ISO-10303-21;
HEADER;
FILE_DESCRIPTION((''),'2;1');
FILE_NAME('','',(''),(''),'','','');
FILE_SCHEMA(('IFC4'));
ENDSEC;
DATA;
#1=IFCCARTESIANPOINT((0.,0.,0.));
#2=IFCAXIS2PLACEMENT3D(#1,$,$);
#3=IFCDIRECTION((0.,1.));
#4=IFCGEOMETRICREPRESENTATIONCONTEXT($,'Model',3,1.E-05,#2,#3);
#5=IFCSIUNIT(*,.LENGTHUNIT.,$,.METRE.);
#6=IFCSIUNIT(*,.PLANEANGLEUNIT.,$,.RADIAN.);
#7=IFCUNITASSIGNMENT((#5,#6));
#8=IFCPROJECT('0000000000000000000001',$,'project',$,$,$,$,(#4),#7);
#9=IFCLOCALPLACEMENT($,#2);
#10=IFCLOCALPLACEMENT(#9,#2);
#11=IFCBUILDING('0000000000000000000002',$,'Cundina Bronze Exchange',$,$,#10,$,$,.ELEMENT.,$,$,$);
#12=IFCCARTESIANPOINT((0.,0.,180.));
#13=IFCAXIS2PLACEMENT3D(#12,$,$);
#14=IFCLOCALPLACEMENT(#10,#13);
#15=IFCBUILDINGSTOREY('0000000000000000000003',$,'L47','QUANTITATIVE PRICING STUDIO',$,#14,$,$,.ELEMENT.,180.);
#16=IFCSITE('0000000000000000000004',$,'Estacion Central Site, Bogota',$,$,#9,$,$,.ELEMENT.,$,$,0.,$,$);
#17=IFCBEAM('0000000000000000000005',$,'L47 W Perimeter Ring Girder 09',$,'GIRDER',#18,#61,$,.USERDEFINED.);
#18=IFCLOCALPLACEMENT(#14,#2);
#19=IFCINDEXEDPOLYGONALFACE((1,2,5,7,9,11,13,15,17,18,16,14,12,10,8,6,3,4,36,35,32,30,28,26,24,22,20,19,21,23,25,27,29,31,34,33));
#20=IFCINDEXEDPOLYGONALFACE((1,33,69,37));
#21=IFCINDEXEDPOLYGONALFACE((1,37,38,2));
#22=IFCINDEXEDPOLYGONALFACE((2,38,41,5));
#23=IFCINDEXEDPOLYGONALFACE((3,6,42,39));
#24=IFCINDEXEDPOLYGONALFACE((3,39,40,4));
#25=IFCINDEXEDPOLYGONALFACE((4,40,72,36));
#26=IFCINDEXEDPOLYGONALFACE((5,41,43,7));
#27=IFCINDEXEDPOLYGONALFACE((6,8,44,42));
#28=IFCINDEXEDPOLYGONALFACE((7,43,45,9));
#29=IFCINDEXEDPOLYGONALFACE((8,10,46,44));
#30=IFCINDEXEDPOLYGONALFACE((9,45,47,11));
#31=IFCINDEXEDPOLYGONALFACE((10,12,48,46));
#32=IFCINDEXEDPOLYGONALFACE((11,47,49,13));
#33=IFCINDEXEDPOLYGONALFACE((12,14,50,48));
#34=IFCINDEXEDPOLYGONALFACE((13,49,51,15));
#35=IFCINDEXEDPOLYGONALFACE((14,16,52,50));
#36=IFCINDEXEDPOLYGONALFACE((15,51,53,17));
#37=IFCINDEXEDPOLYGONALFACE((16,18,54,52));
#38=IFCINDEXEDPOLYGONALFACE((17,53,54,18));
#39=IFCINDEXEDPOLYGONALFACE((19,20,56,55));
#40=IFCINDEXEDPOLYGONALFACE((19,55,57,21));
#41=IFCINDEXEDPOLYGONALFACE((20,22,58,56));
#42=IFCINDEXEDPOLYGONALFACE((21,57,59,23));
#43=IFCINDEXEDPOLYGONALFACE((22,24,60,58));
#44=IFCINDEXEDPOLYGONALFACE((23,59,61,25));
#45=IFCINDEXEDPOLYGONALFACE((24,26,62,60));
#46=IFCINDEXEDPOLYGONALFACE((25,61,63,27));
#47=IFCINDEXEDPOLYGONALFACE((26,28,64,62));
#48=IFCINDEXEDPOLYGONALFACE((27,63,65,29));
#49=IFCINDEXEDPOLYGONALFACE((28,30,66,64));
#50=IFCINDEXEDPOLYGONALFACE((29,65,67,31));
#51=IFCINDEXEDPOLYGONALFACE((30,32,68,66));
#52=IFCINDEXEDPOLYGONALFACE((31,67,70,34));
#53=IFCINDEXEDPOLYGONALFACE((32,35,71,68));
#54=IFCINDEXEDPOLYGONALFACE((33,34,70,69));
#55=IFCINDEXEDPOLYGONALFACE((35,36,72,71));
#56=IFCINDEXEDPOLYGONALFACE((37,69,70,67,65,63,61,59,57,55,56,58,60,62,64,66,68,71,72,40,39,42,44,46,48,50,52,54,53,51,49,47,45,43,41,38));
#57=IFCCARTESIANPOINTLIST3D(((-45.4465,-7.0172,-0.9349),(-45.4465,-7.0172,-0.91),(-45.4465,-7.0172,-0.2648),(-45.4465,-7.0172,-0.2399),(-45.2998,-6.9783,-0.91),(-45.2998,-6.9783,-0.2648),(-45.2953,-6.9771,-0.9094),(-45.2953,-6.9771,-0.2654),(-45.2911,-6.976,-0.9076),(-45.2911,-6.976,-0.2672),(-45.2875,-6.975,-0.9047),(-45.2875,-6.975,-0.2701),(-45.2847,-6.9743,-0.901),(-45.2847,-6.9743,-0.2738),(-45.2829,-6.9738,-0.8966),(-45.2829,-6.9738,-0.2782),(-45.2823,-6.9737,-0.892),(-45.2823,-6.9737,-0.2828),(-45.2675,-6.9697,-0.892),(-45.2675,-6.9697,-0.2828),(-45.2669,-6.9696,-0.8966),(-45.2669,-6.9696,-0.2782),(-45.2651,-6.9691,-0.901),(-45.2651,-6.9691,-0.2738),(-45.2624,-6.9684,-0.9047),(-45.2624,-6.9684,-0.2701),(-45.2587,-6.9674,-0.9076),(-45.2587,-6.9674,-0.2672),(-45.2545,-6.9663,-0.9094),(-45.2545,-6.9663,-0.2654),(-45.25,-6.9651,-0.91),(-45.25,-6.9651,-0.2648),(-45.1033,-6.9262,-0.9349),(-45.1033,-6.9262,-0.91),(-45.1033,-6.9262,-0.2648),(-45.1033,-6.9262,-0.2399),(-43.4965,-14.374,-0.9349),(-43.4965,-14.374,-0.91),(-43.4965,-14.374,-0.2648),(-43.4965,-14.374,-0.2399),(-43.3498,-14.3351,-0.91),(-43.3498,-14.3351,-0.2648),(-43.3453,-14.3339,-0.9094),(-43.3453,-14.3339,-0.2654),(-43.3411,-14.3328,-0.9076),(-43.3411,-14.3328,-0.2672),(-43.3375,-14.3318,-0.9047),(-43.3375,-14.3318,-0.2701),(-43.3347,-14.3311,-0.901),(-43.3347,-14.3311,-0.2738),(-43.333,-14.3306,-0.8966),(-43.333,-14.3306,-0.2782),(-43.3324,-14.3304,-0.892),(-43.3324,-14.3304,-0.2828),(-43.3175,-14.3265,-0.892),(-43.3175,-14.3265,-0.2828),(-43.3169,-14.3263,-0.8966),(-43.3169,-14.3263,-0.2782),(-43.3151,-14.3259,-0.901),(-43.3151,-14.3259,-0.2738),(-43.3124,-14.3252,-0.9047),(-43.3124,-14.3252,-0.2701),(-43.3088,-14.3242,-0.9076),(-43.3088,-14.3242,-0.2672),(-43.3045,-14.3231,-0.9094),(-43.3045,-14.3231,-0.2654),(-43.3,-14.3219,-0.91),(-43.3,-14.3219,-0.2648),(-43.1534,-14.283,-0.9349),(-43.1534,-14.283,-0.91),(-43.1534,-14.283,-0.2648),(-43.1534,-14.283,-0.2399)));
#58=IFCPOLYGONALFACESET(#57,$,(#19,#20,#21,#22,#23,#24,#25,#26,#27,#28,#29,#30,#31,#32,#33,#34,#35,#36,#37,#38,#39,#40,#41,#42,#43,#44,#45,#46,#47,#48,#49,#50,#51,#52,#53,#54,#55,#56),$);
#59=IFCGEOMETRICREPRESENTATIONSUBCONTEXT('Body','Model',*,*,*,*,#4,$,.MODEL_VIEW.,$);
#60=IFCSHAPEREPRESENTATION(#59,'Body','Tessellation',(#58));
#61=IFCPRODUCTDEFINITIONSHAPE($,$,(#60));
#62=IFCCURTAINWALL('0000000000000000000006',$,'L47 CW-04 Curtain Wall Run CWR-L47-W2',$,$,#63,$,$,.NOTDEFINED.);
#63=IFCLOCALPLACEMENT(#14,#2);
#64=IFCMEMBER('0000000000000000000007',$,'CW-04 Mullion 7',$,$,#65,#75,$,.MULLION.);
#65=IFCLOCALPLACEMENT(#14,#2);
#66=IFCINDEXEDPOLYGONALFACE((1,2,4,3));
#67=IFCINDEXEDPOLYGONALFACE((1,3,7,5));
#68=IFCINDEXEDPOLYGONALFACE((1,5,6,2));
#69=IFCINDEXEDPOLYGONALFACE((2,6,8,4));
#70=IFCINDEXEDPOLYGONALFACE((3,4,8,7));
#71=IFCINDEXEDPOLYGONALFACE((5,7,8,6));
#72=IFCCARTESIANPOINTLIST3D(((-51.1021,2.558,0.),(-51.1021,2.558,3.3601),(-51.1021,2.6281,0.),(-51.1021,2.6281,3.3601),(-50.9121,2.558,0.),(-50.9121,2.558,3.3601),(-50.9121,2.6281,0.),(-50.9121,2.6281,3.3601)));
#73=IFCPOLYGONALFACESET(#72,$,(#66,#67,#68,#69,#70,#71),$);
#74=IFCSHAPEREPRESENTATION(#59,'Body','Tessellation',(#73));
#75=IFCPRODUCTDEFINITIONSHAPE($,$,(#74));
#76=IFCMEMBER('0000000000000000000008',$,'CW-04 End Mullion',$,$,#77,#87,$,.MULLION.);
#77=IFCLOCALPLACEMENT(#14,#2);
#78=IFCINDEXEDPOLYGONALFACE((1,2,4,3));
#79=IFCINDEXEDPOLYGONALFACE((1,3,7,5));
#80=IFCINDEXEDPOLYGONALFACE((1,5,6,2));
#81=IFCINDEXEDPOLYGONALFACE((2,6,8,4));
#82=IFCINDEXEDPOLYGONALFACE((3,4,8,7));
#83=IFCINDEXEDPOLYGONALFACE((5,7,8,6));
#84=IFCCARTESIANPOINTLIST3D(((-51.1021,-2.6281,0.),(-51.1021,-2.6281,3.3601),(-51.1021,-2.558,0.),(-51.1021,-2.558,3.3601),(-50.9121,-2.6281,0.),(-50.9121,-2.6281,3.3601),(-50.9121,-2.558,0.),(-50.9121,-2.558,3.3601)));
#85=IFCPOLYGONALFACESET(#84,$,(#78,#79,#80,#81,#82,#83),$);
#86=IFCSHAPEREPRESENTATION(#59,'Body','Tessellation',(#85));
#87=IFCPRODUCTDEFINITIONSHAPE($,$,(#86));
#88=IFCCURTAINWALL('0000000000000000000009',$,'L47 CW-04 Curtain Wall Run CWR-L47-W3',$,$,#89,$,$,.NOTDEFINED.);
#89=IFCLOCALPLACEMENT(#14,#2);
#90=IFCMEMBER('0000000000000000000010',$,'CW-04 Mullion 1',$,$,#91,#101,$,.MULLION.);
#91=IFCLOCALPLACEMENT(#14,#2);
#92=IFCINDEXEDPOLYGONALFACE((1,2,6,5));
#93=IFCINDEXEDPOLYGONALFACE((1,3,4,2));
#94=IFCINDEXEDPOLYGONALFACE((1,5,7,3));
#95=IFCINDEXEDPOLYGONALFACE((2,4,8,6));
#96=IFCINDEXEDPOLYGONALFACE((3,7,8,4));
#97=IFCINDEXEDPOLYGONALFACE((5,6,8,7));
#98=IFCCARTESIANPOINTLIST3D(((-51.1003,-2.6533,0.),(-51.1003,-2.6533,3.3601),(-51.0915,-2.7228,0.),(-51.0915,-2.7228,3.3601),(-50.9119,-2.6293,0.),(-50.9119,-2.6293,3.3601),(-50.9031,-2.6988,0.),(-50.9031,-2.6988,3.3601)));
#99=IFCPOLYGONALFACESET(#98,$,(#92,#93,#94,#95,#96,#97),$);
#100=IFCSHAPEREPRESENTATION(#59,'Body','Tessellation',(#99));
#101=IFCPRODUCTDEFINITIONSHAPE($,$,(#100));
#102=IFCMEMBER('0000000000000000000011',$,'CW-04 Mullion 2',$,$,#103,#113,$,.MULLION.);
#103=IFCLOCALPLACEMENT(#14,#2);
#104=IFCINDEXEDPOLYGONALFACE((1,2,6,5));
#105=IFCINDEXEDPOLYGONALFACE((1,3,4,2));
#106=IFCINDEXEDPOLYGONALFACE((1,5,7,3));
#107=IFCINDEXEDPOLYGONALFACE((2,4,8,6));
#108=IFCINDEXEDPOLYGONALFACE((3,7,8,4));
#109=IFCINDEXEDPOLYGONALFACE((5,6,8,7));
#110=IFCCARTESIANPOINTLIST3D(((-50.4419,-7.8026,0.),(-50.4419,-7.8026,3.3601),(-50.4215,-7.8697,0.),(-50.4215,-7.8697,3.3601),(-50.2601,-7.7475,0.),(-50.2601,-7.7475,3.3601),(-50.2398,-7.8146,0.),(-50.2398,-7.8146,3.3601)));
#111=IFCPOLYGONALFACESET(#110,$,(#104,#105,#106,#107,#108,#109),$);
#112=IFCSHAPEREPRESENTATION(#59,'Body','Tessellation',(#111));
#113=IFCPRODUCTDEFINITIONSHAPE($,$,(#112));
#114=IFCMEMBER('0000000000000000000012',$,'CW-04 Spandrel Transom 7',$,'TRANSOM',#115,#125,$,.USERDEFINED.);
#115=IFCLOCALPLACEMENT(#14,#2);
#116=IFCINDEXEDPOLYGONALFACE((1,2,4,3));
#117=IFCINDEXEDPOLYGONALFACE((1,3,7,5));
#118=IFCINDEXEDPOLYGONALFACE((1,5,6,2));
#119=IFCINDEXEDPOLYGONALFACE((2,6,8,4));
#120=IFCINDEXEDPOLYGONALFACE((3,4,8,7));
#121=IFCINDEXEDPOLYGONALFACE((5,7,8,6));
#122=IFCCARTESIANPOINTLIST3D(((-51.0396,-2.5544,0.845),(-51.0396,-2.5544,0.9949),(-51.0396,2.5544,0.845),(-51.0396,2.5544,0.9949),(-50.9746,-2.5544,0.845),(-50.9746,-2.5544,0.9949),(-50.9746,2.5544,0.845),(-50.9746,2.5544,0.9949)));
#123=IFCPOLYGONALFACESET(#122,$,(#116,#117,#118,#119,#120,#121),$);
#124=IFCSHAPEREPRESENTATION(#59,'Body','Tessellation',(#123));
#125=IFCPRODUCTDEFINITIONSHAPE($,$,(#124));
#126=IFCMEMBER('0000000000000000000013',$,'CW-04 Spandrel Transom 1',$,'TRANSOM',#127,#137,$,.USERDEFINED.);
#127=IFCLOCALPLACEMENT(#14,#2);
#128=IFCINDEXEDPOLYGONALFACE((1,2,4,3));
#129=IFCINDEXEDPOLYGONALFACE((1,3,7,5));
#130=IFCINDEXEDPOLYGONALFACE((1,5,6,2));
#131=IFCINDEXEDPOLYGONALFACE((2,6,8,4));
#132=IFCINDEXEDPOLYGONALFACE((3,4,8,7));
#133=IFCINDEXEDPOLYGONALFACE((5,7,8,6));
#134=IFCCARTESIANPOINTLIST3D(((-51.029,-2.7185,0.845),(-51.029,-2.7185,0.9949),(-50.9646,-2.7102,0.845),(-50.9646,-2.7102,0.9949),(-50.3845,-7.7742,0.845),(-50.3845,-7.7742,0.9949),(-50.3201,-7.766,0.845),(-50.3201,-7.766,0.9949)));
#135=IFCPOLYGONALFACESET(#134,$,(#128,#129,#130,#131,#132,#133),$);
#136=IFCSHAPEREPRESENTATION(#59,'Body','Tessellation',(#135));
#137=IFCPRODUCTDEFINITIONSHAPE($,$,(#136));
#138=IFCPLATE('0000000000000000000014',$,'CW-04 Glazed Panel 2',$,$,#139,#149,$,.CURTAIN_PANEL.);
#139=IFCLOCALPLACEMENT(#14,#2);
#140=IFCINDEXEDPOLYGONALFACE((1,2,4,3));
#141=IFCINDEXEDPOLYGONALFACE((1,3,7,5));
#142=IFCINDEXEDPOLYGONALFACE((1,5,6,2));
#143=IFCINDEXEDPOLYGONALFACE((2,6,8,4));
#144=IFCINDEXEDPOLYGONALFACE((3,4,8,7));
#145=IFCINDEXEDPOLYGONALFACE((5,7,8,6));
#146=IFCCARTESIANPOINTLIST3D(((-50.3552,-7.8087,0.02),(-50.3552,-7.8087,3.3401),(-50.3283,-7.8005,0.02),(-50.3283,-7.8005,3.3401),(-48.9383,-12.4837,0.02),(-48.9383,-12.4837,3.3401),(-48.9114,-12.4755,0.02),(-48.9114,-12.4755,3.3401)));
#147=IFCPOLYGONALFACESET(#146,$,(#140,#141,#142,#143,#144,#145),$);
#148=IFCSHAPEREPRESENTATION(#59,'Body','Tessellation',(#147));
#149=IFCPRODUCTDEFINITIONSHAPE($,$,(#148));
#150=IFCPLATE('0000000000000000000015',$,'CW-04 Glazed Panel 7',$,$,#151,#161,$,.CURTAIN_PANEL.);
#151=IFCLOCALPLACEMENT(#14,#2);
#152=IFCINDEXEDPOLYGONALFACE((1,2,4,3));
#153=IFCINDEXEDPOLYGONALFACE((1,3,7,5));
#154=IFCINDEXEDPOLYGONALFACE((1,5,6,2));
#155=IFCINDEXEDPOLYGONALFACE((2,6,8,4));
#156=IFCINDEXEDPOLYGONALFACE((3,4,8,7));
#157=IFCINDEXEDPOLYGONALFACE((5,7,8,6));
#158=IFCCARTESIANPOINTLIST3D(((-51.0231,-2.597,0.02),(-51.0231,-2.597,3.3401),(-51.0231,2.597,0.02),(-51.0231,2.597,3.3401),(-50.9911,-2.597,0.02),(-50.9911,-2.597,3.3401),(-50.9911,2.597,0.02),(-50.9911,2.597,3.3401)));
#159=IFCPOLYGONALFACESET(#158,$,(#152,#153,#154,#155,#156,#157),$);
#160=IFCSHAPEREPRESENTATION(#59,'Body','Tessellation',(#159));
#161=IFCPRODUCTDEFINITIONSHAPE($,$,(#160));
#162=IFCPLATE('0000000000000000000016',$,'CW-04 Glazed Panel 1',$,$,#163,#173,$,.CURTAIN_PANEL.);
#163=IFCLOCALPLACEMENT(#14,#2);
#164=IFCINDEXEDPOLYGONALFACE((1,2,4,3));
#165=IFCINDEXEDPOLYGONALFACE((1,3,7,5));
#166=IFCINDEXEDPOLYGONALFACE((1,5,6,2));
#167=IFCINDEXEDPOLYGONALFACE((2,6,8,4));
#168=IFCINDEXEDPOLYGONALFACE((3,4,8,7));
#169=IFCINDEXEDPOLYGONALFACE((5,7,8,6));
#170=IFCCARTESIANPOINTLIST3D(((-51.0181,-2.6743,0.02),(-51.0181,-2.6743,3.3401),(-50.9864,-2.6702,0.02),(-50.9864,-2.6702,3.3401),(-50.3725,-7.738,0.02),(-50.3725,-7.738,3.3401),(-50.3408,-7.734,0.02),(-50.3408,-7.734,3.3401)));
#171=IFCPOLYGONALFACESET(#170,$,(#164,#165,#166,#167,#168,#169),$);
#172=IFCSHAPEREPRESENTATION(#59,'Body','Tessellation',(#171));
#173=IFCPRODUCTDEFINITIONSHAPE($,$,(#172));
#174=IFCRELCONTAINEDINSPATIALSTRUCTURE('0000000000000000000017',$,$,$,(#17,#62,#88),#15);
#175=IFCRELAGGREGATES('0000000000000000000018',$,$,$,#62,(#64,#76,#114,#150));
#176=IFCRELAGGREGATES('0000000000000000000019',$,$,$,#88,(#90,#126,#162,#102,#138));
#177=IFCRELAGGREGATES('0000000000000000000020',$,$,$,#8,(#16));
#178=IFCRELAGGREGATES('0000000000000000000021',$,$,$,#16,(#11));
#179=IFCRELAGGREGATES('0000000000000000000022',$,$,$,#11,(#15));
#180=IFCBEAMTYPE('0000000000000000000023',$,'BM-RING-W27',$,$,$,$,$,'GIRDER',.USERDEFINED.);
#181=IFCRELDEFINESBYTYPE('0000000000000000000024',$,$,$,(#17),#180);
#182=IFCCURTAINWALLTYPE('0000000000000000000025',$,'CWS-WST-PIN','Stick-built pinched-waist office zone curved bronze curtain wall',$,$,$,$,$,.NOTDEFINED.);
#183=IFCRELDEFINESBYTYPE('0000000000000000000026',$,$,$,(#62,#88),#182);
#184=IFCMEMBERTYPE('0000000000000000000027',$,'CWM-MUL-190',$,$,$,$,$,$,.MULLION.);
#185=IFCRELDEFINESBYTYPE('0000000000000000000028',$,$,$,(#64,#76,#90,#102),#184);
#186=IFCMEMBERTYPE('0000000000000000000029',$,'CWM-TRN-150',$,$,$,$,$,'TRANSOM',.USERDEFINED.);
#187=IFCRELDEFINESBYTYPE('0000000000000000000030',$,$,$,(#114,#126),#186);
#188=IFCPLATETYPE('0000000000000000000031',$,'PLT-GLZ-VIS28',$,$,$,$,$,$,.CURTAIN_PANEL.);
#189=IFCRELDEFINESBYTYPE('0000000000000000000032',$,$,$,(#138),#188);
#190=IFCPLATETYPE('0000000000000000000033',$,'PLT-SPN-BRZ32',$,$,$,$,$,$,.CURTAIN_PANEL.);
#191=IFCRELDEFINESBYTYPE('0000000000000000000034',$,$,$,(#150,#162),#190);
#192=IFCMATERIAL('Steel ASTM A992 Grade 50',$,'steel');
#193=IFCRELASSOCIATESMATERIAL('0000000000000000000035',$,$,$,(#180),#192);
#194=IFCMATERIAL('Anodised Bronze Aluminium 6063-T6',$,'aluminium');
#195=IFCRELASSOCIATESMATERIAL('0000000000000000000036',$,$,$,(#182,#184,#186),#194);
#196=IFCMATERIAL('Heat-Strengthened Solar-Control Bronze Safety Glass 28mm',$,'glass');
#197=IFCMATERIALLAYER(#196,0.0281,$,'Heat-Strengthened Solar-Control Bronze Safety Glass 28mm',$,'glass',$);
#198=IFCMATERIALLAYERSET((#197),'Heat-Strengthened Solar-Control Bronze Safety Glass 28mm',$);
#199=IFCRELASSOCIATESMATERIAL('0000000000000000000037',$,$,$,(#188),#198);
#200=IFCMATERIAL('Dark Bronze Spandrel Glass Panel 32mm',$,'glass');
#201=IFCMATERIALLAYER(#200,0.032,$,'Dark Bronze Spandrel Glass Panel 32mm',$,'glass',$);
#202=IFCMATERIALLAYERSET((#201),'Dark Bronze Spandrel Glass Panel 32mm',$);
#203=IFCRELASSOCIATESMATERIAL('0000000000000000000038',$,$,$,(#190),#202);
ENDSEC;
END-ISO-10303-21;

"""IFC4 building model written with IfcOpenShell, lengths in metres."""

from ifc_helpers import new_model, si_unit, direction, frame, origin, origin_2d, place, context, subcontext, project, spatial, rectangle, i_section, extrude, material, layer, layer_set, material_profile, profile_set, type_object, element, aggregate, save


model = new_model("IFC4")

# Units and contexts
model_context = context("Model", 3, precision=1e-05, world=origin(), true_north=direction((0.0, 1.0)))
body_context = subcontext(model_context, "Body", "Model", "MODEL_VIEW")
ifc_project = project(units=[si_unit("LENGTHUNIT", "METRE"), si_unit("PLANEANGLEUNIT", "RADIAN")], contexts=[model_context])

# Site, building, storey
site_placement = place(None, origin())
site = spatial("IfcSite", under=ifc_project, at=site_placement, Name="Estacion Central Site, Bogota", CompositionType="ELEMENT", RefElevation=0.0)
building_placement = place(site_placement, origin())
building = spatial("IfcBuilding", under=site, at=building_placement, Name="Cundina Bronze Exchange", CompositionType="ELEMENT")
storey_placement = place(building_placement, frame((0.0, 0.0, 180.0)))
storey = spatial("IfcBuildingStorey", under=building, at=storey_placement, Name="L47", Description="QUANTITATIVE PRICING STUDIO", CompositionType="ELEMENT", Elevation=180.0)

# Beam
ifc_material_1 = material(Name="Steel ASTM A992 Grade 50", Category="steel")
ifc_material_profile_1 = material_profile(ifc_material_1, i_section(OverallWidth=0.355, OverallDepth=0.6951, WebThickness=0.0154, FlangeThickness=0.0249, FilletRadius=0.0181, at=origin_2d()), Name="W27X146", Category="steel")
ifc_profile_set_1 = profile_set([ifc_material_profile_1], Name="Steel ASTM A992 Grade 50")
beam_type_1 = type_object("IfcBeamType", Name="BM-RING-W27", ElementType="GIRDER", PredefinedType="USERDEFINED", material=ifc_profile_set_1)
for number, where, z_axis, x_axis, name in (
    (1, (-45.2749, -6.9717, -0.5874), (0.256211, -0.966621, 0.0), (0.966621, 0.256211, 0.0), "L47 W Perimeter Ring Girder 09"),
):
    element("IfcBeam", number, at=place(storey_placement, frame(where, z_axis=z_axis, x_axis=x_axis)), inside=storey, type_object=beam_type_1, Name=name, ObjectType="GIRDER", PredefinedType="USERDEFINED", context=body_context, shape_type="SweptSolid", body=[
        extrude(i_section(OverallWidth=0.355, OverallDepth=0.6951, WebThickness=0.0154, FlangeThickness=0.0249, FilletRadius=0.0181, at=origin_2d()), origin(), (0.0, 0.0, 1.0), 7.6108),
    ])

# Curtain walls, members
ifc_material_2 = material(Name="Anodised Bronze Aluminium 6063-T6", Category="aluminium")
curtain_wall_type = type_object("IfcCurtainWallType", Name="CWS-WST-PIN", Description="Stick-built pinched-waist office zone curved bronze curtain wall", PredefinedType="NOTDEFINED", material=ifc_material_2)
curtain_wall_1_placement = place(storey_placement, origin())
curtain_wall_1 = element("IfcCurtainWall", 2, at=curtain_wall_1_placement, inside=storey, type_object=curtain_wall_type, Name="L47 CW-04 Curtain Wall Run CWR-L47-W2", PredefinedType="NOTDEFINED")
ifc_material_profile_2 = material_profile(ifc_material_2, rectangle(XDim=0.0701, YDim=0.1899, at=origin_2d()), Name="AL70X190", Category="aluminium")
ifc_profile_set_2 = profile_set([ifc_material_profile_2], Name="Anodised Bronze Aluminium 6063-T6")
member_type_1 = type_object("IfcMemberType", Name="CWM-MUL-190", PredefinedType="MULLION", material=ifc_profile_set_2)
member_1_placement = place(storey_placement, frame((-51.0071, 2.593, 0.0), z_axis=(0.0, 0.0, 1.0), x_axis=(0.0, -1.0, 0.0)))
member_1 = element("IfcMember", 3, at=member_1_placement, type_object=member_type_1, Name="CW-04 Mullion 7", PredefinedType="MULLION", context=body_context, shape_type="SweptSolid", body=[
    extrude(rectangle(XDim=0.0701, YDim=0.1899, at=origin_2d()), origin(), (0.0, 0.0, 1.0), 3.3601),
])
member_2_placement = place(storey_placement, frame((-51.0071, -2.593, 0.0), z_axis=(0.0, 0.0, 1.0), x_axis=(0.0, -1.0, 0.0)))
member_2 = element("IfcMember", 4, at=member_2_placement, type_object=member_type_1, Name="CW-04 End Mullion", PredefinedType="MULLION", context=body_context, shape_type="SweptSolid", body=[
    extrude(rectangle(XDim=0.0701, YDim=0.1899, at=origin_2d()), origin(), (0.0, 0.0, 1.0), 3.3601),
])
curtain_wall_2_placement = place(storey_placement, origin())
curtain_wall_2 = element("IfcCurtainWall", 5, at=curtain_wall_2_placement, inside=storey, type_object=curtain_wall_type, Name="L47 CW-04 Curtain Wall Run CWR-L47-W3", PredefinedType="NOTDEFINED")
member_3_placement = place(storey_placement, frame((-51.0017, -2.676, 0.0), z_axis=(0.0, 0.0, 1.0), x_axis=(0.126545, -0.991961, 0.0)))
member_3 = element("IfcMember", 6, at=member_3_placement, type_object=member_type_1, Name="CW-04 Mullion 1", PredefinedType="MULLION", context=body_context, shape_type="SweptSolid", body=[
    extrude(rectangle(XDim=0.0701, YDim=0.1899, at=origin_2d()), origin(), (0.0, 0.0, 1.0), 3.3601),
])
member_4_placement = place(storey_placement, frame((-50.3408, -7.8086, 0.0), z_axis=(0.0, 0.0, 1.0), x_axis=(0.290034, -0.957016, 0.0)))
member_4 = element("IfcMember", 7, at=member_4_placement, type_object=member_type_1, Name="CW-04 Mullion 2", PredefinedType="MULLION", context=body_context, shape_type="SweptSolid", body=[
    extrude(rectangle(XDim=0.0701, YDim=0.1899, at=origin_2d()), origin(), (0.0, 0.0, 1.0), 3.3601),
])

# Members
ifc_material_profile_3 = material_profile(ifc_material_2, rectangle(XDim=0.0649, YDim=0.1499, at=origin_2d()), Name="AL65X150", Category="aluminium")
ifc_profile_set_3 = profile_set([ifc_material_profile_3], Name="Anodised Bronze Aluminium 6063-T6")
member_type_2 = type_object("IfcMemberType", Name="CWM-TRN-150", ElementType="TRANSOM", PredefinedType="USERDEFINED", material=ifc_profile_set_3)
member_5_placement = place(storey_placement, frame((-51.0071, 2.5544, 0.9199), z_axis=(0.0, -1.0, 0.0), x_axis=(1.0, 0.0, 0.0)))
member_5 = element("IfcMember", 8, at=member_5_placement, type_object=member_type_2, Name="CW-04 Spandrel Transom 7", ObjectType="TRANSOM", PredefinedType="USERDEFINED", context=body_context, shape_type="SweptSolid", body=[
    extrude(rectangle(XDim=0.0649, YDim=0.1499, at=origin_2d()), origin(), (0.0, 0.0, 1.0), 5.1089),
])
member_6_placement = place(storey_placement, frame((-50.9968, -2.7144, 0.9199), z_axis=(0.126463, -0.991971, 0.0), x_axis=(0.991971, 0.126463, 0.0)))
member_6 = element("IfcMember", 9, at=member_6_placement, type_object=member_type_2, Name="CW-04 Spandrel Transom 1", ObjectType="TRANSOM", PredefinedType="USERDEFINED", context=body_context, shape_type="SweptSolid", body=[
    extrude(rectangle(XDim=0.0649, YDim=0.1499, at=origin_2d()), origin(), (0.0, 0.0, 1.0), 5.0967),
])

# Plates
ifc_material_3 = material(Name="Heat-Strengthened Solar-Control Bronze Safety Glass 28mm", Category="glass")
ifc_layer_1 = layer(ifc_material_3, 0.0281, Name="Heat-Strengthened Solar-Control Bronze Safety Glass 28mm", Category="glass")
ifc_layer_set_1 = layer_set([ifc_layer_1], Name="Heat-Strengthened Solar-Control Bronze Safety Glass 28mm")
plate_type_1 = type_object("IfcPlateType", Name="PLT-GLZ-VIS28", PredefinedType="CURTAIN_PANEL", material=ifc_layer_set_1)
plate_1_placement = place(storey_placement, frame((-49.6333, -10.1421, 0.02), z_axis=(0.0, 0.0, 1.0), x_axis=(0.290051, -0.957011, 0.0)))
plate_1 = element("IfcPlate", 10, at=plate_1_placement, type_object=plate_type_1, Name="CW-04 Glazed Panel 2", PredefinedType="CURTAIN_PANEL", context=body_context, shape_type="SweptSolid", body=[
    extrude(rectangle(XDim=4.885, YDim=0.0281, at=origin_2d()), origin(), (0.0, 0.0, 1.0), 3.3201),
])
ifc_material_4 = material(Name="Dark Bronze Spandrel Glass Panel 32mm", Category="glass")
ifc_layer_2 = layer(ifc_material_4, 0.032, Name="Dark Bronze Spandrel Glass Panel 32mm", Category="glass")
ifc_layer_set_2 = layer_set([ifc_layer_2], Name="Dark Bronze Spandrel Glass Panel 32mm")
plate_type_2 = type_object("IfcPlateType", Name="PLT-SPN-BRZ32", PredefinedType="CURTAIN_PANEL", material=ifc_layer_set_2)
plate_2_placement = place(storey_placement, frame((-51.0071, 0.0, 0.02), z_axis=(0.0, 0.0, 1.0), x_axis=(0.0, -1.0, 0.0)))
plate_2 = element("IfcPlate", 11, at=plate_2_placement, type_object=plate_type_2, Name="CW-04 Glazed Panel 7", PredefinedType="CURTAIN_PANEL", context=body_context, shape_type="SweptSolid", body=[
    extrude(rectangle(XDim=5.1941, YDim=0.032, at=origin_2d()), origin(), (0.0, 0.0, 1.0), 3.3201),
])
aggregate(curtain_wall_1, [member_1, member_2, member_5, plate_2])
plate_3_placement = place(storey_placement, frame((-50.6794, -5.2041, 0.02), z_axis=(0.0, 0.0, 1.0), x_axis=(0.126476, -0.99197, 0.0)))
plate_3 = element("IfcPlate", 12, at=plate_3_placement, type_object=plate_type_2, Name="CW-04 Glazed Panel 1", PredefinedType="CURTAIN_PANEL", context=body_context, shape_type="SweptSolid", body=[
    extrude(rectangle(XDim=5.1047, YDim=0.032, at=origin_2d()), origin(), (0.0, 0.0, 1.0), 3.3201),
])
aggregate(curtain_wall_2, [member_3, member_6, plate_3, member_4, plate_1])

save(model, "model.ifc")
